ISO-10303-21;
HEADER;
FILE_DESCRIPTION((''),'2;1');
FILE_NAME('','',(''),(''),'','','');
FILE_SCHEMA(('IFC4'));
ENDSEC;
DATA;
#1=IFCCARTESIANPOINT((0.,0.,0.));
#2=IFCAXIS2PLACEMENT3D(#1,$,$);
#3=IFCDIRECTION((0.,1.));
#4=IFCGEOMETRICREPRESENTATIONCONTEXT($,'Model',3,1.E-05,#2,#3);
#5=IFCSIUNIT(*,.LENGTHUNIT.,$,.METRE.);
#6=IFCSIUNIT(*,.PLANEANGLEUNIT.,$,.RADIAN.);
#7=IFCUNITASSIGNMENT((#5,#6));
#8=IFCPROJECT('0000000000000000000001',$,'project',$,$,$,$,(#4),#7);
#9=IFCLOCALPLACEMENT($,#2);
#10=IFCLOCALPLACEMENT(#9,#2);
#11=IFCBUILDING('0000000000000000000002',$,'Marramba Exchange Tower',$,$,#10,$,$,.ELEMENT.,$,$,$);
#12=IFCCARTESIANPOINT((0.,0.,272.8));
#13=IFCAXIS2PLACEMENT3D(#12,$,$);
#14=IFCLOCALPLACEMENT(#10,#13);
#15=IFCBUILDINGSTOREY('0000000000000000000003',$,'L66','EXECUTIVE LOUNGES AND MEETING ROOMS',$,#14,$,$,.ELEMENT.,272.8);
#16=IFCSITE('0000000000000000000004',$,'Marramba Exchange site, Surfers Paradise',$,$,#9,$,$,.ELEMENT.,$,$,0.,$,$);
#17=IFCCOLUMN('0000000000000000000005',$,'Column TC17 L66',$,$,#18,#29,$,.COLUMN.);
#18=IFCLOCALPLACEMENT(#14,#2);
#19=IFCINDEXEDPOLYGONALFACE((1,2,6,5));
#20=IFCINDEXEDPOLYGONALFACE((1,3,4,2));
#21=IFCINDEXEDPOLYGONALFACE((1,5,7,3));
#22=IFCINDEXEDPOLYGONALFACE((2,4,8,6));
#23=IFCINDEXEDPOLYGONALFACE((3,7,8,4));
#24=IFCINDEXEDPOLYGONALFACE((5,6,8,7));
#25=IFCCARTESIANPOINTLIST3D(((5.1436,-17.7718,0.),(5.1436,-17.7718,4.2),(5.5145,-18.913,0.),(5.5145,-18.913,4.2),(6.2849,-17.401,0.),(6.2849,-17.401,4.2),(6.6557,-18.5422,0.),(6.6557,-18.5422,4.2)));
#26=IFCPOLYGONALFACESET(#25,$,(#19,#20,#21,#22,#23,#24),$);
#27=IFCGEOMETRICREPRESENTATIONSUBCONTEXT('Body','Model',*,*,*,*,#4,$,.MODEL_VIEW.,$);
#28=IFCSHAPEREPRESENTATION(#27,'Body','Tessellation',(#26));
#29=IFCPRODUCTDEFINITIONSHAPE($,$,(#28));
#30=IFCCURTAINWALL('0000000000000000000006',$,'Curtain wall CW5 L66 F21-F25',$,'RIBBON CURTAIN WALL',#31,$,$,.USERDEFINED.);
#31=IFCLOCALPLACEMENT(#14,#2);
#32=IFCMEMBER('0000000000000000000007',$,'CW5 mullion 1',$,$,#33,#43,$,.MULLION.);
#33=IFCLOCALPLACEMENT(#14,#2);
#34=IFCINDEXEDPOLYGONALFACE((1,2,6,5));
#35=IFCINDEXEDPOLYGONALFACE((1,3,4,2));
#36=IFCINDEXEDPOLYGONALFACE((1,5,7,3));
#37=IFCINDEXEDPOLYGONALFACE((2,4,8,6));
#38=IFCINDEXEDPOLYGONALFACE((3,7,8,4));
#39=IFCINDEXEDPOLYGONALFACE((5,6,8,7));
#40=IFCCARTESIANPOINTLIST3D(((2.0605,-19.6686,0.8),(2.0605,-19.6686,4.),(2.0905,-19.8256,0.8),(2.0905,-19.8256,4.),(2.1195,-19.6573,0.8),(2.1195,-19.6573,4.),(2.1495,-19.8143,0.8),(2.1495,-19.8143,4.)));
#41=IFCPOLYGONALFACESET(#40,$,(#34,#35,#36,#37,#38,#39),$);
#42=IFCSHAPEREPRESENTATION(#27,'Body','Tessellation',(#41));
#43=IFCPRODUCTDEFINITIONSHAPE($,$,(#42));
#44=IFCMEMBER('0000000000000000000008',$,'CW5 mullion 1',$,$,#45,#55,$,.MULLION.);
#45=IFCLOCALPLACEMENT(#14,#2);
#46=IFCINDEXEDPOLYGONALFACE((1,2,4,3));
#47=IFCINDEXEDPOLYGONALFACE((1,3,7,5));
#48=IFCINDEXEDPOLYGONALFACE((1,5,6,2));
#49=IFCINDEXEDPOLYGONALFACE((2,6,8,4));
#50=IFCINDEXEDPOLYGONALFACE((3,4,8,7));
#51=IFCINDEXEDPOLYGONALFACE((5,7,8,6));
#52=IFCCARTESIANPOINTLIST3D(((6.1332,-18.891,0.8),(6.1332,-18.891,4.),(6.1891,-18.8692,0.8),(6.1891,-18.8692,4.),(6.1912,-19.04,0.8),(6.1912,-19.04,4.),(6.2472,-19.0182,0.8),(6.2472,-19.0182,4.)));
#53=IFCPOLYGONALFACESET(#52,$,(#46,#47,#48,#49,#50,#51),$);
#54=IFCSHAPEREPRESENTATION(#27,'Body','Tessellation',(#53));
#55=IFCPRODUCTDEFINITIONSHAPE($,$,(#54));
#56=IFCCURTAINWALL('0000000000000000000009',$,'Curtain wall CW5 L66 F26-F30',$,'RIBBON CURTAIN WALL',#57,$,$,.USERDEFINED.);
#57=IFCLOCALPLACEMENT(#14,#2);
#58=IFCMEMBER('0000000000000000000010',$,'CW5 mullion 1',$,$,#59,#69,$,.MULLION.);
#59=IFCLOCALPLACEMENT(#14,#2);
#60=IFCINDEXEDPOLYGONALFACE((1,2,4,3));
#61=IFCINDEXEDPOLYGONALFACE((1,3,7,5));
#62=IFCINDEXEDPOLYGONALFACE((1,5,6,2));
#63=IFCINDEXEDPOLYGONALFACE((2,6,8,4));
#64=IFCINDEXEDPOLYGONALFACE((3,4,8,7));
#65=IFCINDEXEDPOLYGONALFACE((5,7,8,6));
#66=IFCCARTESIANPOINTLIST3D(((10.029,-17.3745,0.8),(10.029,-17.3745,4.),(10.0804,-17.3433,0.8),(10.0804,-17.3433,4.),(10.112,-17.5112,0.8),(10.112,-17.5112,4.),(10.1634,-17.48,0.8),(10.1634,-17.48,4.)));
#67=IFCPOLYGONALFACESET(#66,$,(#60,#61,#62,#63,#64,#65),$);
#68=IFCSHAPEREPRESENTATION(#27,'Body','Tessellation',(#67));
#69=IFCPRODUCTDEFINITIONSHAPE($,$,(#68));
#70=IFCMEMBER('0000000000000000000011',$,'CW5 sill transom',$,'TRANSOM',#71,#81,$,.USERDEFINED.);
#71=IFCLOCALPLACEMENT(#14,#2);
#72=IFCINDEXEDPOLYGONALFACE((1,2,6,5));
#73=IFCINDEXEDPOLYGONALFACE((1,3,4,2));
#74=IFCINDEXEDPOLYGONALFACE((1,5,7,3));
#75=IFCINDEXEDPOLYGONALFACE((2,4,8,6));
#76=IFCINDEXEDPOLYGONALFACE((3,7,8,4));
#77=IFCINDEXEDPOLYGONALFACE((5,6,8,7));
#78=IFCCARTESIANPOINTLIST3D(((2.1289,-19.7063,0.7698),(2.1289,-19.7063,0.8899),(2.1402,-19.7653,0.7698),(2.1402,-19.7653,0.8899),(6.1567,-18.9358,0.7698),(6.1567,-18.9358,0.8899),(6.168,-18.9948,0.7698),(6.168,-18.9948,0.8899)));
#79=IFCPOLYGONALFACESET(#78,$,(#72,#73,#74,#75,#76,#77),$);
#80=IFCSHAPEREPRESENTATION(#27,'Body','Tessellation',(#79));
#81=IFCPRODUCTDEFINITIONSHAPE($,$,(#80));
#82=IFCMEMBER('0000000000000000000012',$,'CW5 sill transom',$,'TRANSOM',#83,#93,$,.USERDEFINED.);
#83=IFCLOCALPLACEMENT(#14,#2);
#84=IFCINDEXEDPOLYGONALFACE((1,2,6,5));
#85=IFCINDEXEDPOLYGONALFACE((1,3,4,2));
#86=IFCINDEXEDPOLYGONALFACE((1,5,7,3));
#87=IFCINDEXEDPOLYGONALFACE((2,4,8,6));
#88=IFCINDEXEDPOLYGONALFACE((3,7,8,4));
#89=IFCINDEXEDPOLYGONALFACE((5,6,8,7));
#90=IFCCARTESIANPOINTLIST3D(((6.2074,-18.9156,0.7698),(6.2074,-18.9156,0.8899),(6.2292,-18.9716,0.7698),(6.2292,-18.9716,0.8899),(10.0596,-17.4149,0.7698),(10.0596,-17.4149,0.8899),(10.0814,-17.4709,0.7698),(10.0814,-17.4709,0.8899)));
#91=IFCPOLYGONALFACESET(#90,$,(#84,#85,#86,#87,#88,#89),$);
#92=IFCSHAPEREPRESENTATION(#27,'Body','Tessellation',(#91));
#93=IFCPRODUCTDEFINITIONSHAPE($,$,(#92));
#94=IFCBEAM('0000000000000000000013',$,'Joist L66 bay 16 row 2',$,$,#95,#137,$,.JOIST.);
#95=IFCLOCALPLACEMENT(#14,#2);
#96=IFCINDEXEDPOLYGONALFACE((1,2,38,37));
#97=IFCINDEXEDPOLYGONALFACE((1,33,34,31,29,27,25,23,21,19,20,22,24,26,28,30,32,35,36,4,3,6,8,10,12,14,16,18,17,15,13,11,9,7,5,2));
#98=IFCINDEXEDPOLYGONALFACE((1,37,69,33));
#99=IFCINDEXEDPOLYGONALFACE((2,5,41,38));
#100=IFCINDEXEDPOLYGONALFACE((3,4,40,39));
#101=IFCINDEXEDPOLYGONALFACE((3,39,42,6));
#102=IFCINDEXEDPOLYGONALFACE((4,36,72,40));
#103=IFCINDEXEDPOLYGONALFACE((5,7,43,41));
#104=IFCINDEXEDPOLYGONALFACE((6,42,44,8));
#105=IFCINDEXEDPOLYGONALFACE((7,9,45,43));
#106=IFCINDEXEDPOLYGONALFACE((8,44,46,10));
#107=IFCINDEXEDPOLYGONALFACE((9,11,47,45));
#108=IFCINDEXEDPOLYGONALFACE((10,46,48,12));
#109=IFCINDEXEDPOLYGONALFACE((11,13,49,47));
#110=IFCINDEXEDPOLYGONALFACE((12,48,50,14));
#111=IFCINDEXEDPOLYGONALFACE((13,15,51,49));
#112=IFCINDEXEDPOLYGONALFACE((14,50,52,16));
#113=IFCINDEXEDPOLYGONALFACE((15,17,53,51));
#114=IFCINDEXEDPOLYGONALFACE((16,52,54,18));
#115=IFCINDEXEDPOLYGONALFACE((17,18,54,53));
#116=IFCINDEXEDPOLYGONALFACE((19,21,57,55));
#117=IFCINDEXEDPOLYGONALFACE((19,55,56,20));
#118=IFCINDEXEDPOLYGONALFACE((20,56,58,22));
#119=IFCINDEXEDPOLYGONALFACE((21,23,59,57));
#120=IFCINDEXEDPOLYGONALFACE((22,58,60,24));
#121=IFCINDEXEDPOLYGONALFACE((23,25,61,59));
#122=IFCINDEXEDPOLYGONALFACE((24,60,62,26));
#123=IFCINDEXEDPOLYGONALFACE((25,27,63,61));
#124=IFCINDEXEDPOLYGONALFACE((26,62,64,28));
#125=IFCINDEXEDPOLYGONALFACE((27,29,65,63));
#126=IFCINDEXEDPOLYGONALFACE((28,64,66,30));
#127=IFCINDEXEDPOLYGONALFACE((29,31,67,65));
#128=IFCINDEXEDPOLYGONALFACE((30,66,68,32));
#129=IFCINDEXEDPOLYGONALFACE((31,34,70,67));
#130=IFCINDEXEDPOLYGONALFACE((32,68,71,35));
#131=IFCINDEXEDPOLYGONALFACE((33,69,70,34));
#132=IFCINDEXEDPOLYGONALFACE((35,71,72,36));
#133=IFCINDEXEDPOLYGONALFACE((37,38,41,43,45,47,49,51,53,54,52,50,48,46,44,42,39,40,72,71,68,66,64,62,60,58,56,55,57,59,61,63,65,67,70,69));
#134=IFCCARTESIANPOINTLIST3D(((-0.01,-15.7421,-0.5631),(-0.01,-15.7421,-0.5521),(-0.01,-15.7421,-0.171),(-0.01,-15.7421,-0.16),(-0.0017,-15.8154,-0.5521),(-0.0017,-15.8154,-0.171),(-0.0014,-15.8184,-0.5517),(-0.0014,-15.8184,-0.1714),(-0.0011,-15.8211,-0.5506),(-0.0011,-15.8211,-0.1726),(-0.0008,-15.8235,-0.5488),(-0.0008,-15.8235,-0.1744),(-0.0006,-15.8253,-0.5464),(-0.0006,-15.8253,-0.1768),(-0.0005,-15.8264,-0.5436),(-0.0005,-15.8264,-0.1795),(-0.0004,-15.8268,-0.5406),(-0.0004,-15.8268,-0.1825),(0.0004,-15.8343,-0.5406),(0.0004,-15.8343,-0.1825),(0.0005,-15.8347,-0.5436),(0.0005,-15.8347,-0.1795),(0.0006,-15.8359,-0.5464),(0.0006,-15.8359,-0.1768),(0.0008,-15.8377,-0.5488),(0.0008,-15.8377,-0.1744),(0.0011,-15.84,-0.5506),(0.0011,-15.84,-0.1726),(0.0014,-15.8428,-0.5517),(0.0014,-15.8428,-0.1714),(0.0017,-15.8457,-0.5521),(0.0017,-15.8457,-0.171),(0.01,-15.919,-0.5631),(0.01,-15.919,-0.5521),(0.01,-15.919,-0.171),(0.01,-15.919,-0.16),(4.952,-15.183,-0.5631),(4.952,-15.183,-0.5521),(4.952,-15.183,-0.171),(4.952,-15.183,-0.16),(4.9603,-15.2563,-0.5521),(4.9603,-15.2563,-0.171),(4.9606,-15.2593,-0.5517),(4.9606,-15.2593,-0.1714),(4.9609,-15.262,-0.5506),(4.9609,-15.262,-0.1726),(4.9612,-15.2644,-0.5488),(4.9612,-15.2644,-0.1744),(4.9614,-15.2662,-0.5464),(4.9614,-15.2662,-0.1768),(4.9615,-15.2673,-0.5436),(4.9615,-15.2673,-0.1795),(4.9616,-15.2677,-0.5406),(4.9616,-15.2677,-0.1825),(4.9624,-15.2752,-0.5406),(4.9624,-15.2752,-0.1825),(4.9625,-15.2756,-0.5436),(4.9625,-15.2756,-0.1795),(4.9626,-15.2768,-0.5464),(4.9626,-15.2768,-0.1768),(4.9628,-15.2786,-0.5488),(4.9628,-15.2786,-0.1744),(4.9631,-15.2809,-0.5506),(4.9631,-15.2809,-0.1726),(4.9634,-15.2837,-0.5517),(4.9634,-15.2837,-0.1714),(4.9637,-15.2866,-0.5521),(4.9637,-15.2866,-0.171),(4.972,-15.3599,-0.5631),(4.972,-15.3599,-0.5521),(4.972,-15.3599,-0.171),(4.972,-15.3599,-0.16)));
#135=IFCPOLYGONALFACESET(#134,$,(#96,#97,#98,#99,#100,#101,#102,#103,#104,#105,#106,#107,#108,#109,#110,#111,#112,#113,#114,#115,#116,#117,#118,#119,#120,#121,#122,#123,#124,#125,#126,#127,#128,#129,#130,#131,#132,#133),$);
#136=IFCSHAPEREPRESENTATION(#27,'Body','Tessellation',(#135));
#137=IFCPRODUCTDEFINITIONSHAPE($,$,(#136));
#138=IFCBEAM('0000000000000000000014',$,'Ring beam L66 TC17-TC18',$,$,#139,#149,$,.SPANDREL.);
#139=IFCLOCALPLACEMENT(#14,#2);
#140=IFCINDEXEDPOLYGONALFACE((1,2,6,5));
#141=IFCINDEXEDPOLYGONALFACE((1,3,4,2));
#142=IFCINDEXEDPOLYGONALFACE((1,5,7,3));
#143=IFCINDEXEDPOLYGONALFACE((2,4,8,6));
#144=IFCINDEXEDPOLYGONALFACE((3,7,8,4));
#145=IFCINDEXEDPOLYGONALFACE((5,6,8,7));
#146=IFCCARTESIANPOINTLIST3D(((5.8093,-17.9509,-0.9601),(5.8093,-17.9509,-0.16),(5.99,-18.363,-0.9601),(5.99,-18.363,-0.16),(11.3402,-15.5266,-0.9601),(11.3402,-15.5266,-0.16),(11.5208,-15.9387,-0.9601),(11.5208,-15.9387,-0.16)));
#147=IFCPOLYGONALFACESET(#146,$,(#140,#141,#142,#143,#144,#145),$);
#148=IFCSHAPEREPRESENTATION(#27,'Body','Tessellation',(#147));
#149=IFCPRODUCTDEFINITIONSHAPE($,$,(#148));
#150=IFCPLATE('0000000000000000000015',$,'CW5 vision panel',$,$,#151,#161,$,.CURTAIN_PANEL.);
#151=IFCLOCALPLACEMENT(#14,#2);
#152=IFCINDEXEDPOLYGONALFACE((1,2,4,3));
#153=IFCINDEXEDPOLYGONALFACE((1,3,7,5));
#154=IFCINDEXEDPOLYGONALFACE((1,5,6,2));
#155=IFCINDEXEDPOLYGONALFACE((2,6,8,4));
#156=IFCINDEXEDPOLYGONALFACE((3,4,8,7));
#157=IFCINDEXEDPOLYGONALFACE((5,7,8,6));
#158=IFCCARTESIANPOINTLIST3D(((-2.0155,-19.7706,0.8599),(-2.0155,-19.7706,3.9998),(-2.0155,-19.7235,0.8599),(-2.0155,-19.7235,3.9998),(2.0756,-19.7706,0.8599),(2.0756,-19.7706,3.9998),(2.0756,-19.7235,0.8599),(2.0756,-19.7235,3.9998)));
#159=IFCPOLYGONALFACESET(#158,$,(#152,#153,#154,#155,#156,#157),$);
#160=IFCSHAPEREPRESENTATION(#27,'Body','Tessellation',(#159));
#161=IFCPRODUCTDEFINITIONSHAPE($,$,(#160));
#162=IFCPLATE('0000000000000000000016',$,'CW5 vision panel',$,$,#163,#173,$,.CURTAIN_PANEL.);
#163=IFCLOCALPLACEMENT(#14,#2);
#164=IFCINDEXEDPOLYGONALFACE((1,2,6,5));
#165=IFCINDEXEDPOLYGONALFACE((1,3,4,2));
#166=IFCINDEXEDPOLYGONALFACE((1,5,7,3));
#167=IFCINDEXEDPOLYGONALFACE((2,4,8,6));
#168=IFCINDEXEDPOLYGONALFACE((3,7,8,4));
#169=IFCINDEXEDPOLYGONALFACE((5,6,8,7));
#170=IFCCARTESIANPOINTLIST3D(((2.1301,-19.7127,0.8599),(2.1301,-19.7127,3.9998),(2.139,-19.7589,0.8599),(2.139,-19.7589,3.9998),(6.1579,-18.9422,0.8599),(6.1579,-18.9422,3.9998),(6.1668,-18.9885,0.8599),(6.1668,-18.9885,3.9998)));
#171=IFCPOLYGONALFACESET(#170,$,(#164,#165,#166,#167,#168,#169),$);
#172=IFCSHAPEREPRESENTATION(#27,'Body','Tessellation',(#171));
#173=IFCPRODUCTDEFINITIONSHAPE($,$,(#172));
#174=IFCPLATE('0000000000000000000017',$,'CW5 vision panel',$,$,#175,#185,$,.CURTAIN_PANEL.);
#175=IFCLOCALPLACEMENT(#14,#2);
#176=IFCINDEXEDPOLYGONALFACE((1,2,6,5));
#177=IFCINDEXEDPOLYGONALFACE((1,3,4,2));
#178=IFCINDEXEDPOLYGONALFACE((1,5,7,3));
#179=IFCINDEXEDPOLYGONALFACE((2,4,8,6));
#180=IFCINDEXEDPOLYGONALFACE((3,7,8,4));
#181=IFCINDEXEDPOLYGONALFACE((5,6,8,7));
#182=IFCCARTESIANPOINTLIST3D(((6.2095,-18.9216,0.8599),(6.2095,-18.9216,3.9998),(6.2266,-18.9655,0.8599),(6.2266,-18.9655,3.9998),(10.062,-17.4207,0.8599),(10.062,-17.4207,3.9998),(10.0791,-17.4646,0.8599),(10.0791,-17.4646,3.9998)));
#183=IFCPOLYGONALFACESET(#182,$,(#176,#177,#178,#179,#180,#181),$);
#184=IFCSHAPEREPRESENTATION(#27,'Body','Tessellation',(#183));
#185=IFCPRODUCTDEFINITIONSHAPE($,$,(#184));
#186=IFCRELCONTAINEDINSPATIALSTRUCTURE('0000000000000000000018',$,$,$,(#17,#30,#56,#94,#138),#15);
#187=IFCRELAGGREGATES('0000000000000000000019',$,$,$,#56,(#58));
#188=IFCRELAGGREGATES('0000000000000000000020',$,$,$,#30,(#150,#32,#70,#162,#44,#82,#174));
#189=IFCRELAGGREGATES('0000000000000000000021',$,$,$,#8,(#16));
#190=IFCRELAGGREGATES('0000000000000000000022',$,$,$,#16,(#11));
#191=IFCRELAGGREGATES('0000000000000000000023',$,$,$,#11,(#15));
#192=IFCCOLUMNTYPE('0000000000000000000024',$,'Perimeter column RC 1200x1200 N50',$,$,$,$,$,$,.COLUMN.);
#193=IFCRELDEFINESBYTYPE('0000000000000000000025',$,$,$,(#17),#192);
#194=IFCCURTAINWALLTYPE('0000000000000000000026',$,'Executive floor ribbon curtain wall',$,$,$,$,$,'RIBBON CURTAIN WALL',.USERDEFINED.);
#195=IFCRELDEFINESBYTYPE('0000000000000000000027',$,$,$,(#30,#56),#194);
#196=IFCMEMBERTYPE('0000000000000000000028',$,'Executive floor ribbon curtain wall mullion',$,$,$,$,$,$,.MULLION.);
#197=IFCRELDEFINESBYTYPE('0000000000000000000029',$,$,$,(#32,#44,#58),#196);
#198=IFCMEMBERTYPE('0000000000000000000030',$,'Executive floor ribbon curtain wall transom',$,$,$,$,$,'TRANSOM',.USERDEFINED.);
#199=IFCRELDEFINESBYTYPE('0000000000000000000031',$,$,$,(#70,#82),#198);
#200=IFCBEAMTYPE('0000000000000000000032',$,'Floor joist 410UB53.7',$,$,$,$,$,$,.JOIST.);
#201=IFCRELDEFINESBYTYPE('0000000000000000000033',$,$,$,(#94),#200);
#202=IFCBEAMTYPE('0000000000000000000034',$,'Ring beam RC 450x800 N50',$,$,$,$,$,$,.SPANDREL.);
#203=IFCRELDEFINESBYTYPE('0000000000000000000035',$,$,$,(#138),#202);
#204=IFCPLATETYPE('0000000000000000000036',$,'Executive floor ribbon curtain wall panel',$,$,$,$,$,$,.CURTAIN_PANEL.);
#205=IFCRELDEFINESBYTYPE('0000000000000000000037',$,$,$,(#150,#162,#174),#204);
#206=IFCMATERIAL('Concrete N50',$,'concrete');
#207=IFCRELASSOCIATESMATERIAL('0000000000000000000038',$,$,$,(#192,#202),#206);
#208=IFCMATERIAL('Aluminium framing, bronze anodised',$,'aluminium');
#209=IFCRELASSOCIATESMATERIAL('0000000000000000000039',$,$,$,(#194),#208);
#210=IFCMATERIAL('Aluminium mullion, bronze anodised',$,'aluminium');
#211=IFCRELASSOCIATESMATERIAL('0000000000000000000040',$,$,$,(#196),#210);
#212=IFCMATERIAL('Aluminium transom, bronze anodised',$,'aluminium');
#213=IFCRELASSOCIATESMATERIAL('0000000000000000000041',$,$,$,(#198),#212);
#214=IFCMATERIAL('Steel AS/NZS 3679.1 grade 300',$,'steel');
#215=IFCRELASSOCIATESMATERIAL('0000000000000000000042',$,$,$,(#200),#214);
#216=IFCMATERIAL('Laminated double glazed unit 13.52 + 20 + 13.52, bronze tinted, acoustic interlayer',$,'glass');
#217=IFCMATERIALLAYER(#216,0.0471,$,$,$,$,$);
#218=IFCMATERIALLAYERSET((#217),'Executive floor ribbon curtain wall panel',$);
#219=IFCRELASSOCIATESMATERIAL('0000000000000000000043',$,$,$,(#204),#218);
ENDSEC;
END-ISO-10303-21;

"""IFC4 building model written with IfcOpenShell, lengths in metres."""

from ifc_helpers import new_model, si_unit, direction, frame, origin, origin_2d, place, context, subcontext, project, spatial, rectangle, i_section, extrude, material, layer, layer_set, material_profile, profile_set, type_object, element, aggregate, save


model = new_model("IFC4")

# Units and contexts
model_context = context("Model", 3, precision=1e-05, world=origin(), true_north=direction((0.0, 1.0)))
body_context = subcontext(model_context, "Body", "Model", "MODEL_VIEW")
ifc_project = project(units=[si_unit("LENGTHUNIT", "METRE"), si_unit("PLANEANGLEUNIT", "RADIAN")], contexts=[model_context])

# Site, building, storey
site_placement = place(None, origin())
site = spatial("IfcSite", under=ifc_project, at=site_placement, Name="Marramba Exchange site, Surfers Paradise", CompositionType="ELEMENT", RefElevation=0.0)
building_placement = place(site_placement, origin())
building = spatial("IfcBuilding", under=site, at=building_placement, Name="Marramba Exchange Tower", CompositionType="ELEMENT")
storey_placement = place(building_placement, frame((0.0, 0.0, 272.8)))
storey = spatial("IfcBuildingStorey", under=building, at=storey_placement, Name="L66", Description="EXECUTIVE LOUNGES AND MEETING ROOMS", CompositionType="ELEMENT", Elevation=272.8)

# Column
ifc_material_1 = material(Name="Concrete N50", Category="concrete")
ifc_material_profile_1 = material_profile(ifc_material_1, rectangle(XDim=1.2, YDim=1.2, at=origin_2d()), Name="RC 1200x1200")
ifc_profile_set_1 = profile_set([ifc_material_profile_1], Name="Concrete N50")
column_type = type_object("IfcColumnType", Name="Perimeter column RC 1200x1200 N50", PredefinedType="COLUMN", material=ifc_profile_set_1)
column_placement = place(storey_placement, frame((5.8997, -18.157, 0.0), z_axis=(0.0, 0.0, 1.0), x_axis=(0.309017, -0.951057, 0.0)))
element("IfcColumn", 1, at=column_placement, inside=storey, type_object=column_type, Name="Column TC17 L66", PredefinedType="COLUMN", context=body_context, shape_type="SweptSolid", body=[
    extrude(rectangle(XDim=1.2, YDim=1.2, at=origin_2d()), origin(), (0.0, 0.0, 1.0), 4.2),
])

# Curtain wall, members
ifc_material_2 = material(Name="Aluminium framing, bronze anodised", Category="aluminium")
curtain_wall_type = type_object("IfcCurtainWallType", Name="Executive floor ribbon curtain wall", ElementType="RIBBON CURTAIN WALL", PredefinedType="USERDEFINED", material=ifc_material_2)
curtain_wall_1_placement = place(storey_placement, origin())
curtain_wall_1 = element("IfcCurtainWall", 2, at=curtain_wall_1_placement, inside=storey, type_object=curtain_wall_type, Name="Curtain wall CW5 L66 F21-F25", ObjectType="RIBBON CURTAIN WALL", PredefinedType="USERDEFINED")
ifc_material_3 = material(Name="Aluminium mullion, bronze anodised", Category="aluminium")
ifc_material_profile_2 = material_profile(ifc_material_3, rectangle(XDim=0.1599, YDim=0.0601, at=origin_2d()), Name="CW5 mullion 60x160")
ifc_profile_set_2 = profile_set([ifc_material_profile_2], Name="Aluminium mullion, bronze anodised")
member_type_1 = type_object("IfcMemberType", Name="Executive floor ribbon curtain wall mullion", PredefinedType="MULLION", material=ifc_profile_set_2)
member_1_placement = place(storey_placement, frame((2.105, -19.7415, 0.8), z_axis=(0.0, 0.0, 1.0), x_axis=(-0.187873, 0.982193, 0.0)))
member_1 = element("IfcMember", 3, at=member_1_placement, type_object=member_type_1, Name="CW5 mullion 1", PredefinedType="MULLION", context=body_context, shape_type="SweptSolid", body=[
    extrude(rectangle(XDim=0.1599, YDim=0.0601, at=origin_2d()), origin(), (0.0, 0.0, 1.0), 3.2),
])
member_2_placement = place(storey_placement, frame((6.1902, -18.9546, 0.8), z_axis=(0.0, 0.0, 1.0), x_axis=(-0.36301, 0.931785, 0.0)))
member_2 = element("IfcMember", 4, at=member_2_placement, type_object=member_type_1, Name="CW5 mullion 1", PredefinedType="MULLION", context=body_context, shape_type="SweptSolid", body=[
    extrude(rectangle(XDim=0.1599, YDim=0.0601, at=origin_2d()), origin(), (0.0, 0.0, 1.0), 3.2),
])

# Curtain wall, member
curtain_wall_2_placement = place(storey_placement, origin())
curtain_wall_2 = element("IfcCurtainWall", 5, at=curtain_wall_2_placement, inside=storey, type_object=curtain_wall_type, Name="Curtain wall CW5 L66 F26-F30", ObjectType="RIBBON CURTAIN WALL", PredefinedType="USERDEFINED")
member_3_placement = place(storey_placement, frame((10.0962, -17.4272, 0.8), z_axis=(0.0, 0.0, 1.0), x_axis=(-0.519115, 0.854704, 0.0)))
member_3 = element("IfcMember", 6, at=member_3_placement, type_object=member_type_1, Name="CW5 mullion 1", PredefinedType="MULLION", context=body_context, shape_type="SweptSolid", body=[
    extrude(rectangle(XDim=0.1599, YDim=0.0601, at=origin_2d()), origin(), (0.0, 0.0, 1.0), 3.2),
])
aggregate(curtain_wall_2, [member_3])

# Members
ifc_material_4 = material(Name="Aluminium transom, bronze anodised", Category="aluminium")
ifc_material_profile_3 = material_profile(ifc_material_4, rectangle(XDim=0.0601, YDim=0.1201, at=origin_2d()), Name="CW5 transom 60x120")
ifc_profile_set_3 = profile_set([ifc_material_profile_3], Name="Aluminium transom, bronze anodised")
member_type_2 = type_object("IfcMemberType", Name="Executive floor ribbon curtain wall transom", ElementType="TRANSOM", PredefinedType="USERDEFINED", material=ifc_profile_set_3)
member_4_placement = place(storey_placement, frame((2.1345, -19.7358, 0.8298), z_axis=(0.98219, 0.187889, 0.0), x_axis=(-0.187889, 0.98219, 0.0)))
member_4 = element("IfcMember", 7, at=member_4_placement, type_object=member_type_2, Name="CW5 sill transom", ObjectType="TRANSOM", PredefinedType="USERDEFINED", context=body_context, shape_type="SweptSolid", body=[
    extrude(rectangle(XDim=0.0601, YDim=0.1201, at=origin_2d()), origin(), (0.0, 0.0, 1.0), 4.1008),
])
member_5_placement = place(storey_placement, frame((6.2183, -18.9436, 0.8298), z_axis=(0.931791, 0.362996, 0.0), x_axis=(-0.362996, 0.931791, 0.0)))
member_5 = element("IfcMember", 8, at=member_5_placement, type_object=member_type_2, Name="CW5 sill transom", ObjectType="TRANSOM", PredefinedType="USERDEFINED", context=body_context, shape_type="SweptSolid", body=[
    extrude(rectangle(XDim=0.0601, YDim=0.1201, at=origin_2d()), origin(), (0.0, 0.0, 1.0), 4.1343),
])

# Beams
ifc_material_5 = material(Name="Steel AS/NZS 3679.1 grade 300", Category="steel")
ifc_material_profile_4 = material_profile(ifc_material_5, i_section(OverallWidth=0.178, OverallDepth=0.4031, WebThickness=0.0076, FlangeThickness=0.011, FilletRadius=0.0115, at=origin_2d()), Name="410UB53.7")
ifc_profile_set_4 = profile_set([ifc_material_profile_4], Name="Steel AS/NZS 3679.1 grade 300")
beam_type_1 = type_object("IfcBeamType", Name="Floor joist 410UB53.7", PredefinedType="JOIST", material=ifc_profile_set_4)
beam_1_placement = place(storey_placement, frame((0.0, -15.8306, -0.3616), z_axis=(0.993712, 0.111966, 0.0), x_axis=(-0.111966, 0.993712, 0.0)))
element("IfcBeam", 9, at=beam_1_placement, inside=storey, type_object=beam_type_1, Name="Joist L66 bay 16 row 2", PredefinedType="JOIST", context=body_context, shape_type="SweptSolid", body=[
    extrude(i_section(OverallWidth=0.178, OverallDepth=0.4031, WebThickness=0.0076, FlangeThickness=0.011, FilletRadius=0.0115, at=origin_2d()), origin(), (0.0, 0.0, 1.0), 4.9934),
])
ifc_material_profile_5 = material_profile(ifc_material_1, rectangle(XDim=0.45, YDim=0.8, at=origin_2d()), Name="RC 450x800")
ifc_profile_set_5 = profile_set([ifc_material_profile_5], Name="Concrete N50")
beam_type_2 = type_object("IfcBeamType", Name="Ring beam RC 450x800 N50", PredefinedType="SPANDREL", material=ifc_profile_set_5)
beam_2_placement = place(storey_placement, frame((5.8997, -18.157, -0.5601), z_axis=(0.915877, 0.401459, 0.0), x_axis=(-0.401459, 0.915877, 0.0)))
element("IfcBeam", 10, at=beam_2_placement, inside=storey, type_object=beam_type_2, Name="Ring beam L66 TC17-TC18", PredefinedType="SPANDREL", context=body_context, shape_type="SweptSolid", body=[
    extrude(rectangle(XDim=0.45, YDim=0.8, at=origin_2d()), origin(), (0.0, 0.0, 1.0), 6.0388),
])

# Plates
ifc_material_6 = material(Name="Laminated double glazed unit 13.52 + 20 + 13.52, bronze tinted, acoustic interlayer", Category="glass")
ifc_layer_1 = layer(ifc_material_6, 0.0471)
ifc_layer_set_1 = layer_set([ifc_layer_1], Name="Executive floor ribbon curtain wall panel")
plate_type = type_object("IfcPlateType", Name="Executive floor ribbon curtain wall panel", PredefinedType="CURTAIN_PANEL", material=ifc_layer_set_1)
plate_1_placement = place(storey_placement, frame((0.03, -19.7471, 0.8599), z_axis=(0.0, 0.0, 1.0), x_axis=(1.0, 0.0, 0.0)))
plate_1 = element("IfcPlate", 11, at=plate_1_placement, type_object=plate_type, Name="CW5 vision panel", PredefinedType="CURTAIN_PANEL", context=body_context, shape_type="SweptSolid", body=[
    extrude(rectangle(XDim=4.0911, YDim=0.0471, at=origin_2d()), origin(), (0.0, 0.0, 1.0), 3.1399),
])
plate_2_placement = place(storey_placement, frame((4.1484, -19.3506, 0.8599), z_axis=(0.0, 0.0, 1.0), x_axis=(0.982193, 0.187873, 0.0)))
plate_2 = element("IfcPlate", 12, at=plate_2_placement, type_object=plate_type, Name="CW5 vision panel", PredefinedType="CURTAIN_PANEL", context=body_context, shape_type="SweptSolid", body=[
    extrude(rectangle(XDim=4.1008, YDim=0.0471, at=origin_2d()), origin(), (0.0, 0.0, 1.0), 3.1399),
])
plate_3_placement = place(storey_placement, frame((8.1443, -18.1931, 0.8599), z_axis=(0.0, 0.0, 1.0), x_axis=(0.931785, 0.36301, 0.0)))
plate_3 = element("IfcPlate", 13, at=plate_3_placement, type_object=plate_type, Name="CW5 vision panel", PredefinedType="CURTAIN_PANEL", context=body_context, shape_type="SweptSolid", body=[
    extrude(rectangle(XDim=4.1345, YDim=0.0471, at=origin_2d()), origin(), (0.0, 0.0, 1.0), 3.1399),
])
aggregate(curtain_wall_1, [plate_1, member_1, member_4, plate_2, member_2, member_5, plate_3])

save(model, "model.ifc")
